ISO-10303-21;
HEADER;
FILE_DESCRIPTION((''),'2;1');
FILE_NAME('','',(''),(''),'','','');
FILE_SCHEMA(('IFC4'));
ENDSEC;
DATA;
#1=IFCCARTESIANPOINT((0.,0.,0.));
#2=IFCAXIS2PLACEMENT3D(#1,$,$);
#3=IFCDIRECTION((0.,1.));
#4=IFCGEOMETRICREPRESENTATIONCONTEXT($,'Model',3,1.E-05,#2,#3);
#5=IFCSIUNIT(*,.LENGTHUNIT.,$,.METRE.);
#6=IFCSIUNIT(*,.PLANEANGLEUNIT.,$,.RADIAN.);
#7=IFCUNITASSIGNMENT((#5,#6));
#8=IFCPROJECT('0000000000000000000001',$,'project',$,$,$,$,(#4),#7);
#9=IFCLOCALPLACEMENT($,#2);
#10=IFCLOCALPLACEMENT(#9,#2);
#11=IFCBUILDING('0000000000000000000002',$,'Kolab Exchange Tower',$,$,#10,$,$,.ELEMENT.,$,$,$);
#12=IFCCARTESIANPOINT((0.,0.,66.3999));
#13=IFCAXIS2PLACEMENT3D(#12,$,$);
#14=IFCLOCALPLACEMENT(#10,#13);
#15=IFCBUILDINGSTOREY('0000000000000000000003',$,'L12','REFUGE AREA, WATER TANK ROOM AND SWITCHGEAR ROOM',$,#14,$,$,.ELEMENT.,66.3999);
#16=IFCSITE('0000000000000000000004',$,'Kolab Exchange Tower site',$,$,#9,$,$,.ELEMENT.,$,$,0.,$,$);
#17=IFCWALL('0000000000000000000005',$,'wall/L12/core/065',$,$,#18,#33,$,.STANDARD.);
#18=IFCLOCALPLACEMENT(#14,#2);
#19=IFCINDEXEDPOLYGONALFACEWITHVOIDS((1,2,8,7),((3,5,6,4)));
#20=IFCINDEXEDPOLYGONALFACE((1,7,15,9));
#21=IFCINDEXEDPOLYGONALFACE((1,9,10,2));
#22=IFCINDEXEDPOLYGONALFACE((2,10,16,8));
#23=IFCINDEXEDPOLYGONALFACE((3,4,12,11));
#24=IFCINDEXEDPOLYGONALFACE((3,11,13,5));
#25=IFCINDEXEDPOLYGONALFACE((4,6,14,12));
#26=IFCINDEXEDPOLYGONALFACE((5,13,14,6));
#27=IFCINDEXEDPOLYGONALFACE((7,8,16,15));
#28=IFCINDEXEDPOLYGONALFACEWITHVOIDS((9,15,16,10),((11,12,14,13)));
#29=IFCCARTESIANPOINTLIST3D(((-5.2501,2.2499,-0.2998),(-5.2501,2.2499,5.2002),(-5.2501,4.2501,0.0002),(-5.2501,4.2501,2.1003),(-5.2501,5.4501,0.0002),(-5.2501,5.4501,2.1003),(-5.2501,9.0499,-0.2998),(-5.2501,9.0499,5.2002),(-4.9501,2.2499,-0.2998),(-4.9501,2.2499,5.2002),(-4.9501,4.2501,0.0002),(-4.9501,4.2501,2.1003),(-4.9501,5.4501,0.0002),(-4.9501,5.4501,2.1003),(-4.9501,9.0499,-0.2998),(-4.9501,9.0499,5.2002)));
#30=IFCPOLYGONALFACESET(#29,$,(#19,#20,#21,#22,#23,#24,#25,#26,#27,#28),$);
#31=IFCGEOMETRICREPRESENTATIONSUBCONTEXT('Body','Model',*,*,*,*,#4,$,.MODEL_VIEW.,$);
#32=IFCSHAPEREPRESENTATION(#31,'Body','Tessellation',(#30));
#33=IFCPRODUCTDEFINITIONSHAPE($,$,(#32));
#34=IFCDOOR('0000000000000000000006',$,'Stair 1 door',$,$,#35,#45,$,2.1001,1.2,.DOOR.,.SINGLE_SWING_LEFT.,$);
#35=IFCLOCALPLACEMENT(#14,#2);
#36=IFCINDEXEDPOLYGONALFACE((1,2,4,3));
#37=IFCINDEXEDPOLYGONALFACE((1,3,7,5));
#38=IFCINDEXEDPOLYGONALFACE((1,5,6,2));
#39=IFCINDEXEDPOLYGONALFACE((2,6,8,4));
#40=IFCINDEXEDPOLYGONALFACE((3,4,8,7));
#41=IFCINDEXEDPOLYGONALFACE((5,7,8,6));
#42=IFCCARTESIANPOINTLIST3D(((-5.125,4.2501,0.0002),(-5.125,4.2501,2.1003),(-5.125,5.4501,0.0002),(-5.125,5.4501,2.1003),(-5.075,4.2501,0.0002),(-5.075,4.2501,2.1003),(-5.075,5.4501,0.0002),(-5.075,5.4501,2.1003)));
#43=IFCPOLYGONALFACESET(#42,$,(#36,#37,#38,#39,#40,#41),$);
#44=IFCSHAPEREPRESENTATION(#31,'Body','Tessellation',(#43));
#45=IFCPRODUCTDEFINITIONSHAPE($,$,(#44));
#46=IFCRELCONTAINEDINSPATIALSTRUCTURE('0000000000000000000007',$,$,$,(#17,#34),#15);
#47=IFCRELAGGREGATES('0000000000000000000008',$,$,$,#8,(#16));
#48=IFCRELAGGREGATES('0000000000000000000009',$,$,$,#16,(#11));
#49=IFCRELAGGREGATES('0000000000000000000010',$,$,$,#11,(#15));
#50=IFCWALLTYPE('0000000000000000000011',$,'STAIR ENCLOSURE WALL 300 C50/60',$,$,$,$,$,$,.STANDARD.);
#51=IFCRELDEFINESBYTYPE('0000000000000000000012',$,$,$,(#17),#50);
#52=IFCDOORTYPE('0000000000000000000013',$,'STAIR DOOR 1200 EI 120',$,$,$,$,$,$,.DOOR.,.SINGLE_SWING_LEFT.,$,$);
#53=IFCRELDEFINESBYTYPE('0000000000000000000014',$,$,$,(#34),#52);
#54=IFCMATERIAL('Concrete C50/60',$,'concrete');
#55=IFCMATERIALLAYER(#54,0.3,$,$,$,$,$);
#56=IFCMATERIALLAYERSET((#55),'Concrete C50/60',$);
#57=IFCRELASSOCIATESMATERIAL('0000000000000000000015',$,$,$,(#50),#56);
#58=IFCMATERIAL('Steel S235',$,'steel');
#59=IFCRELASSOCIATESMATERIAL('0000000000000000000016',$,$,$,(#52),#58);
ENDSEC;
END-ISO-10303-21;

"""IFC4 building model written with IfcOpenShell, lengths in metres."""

from ifc_helpers import new_model, si_unit, direction, frame, frame_2d, origin, place, context, subcontext, project, spatial, rectangle, extrude, material, layer, layer_set, type_object, element, fill, save


model = new_model("IFC4")

# Units and contexts
model_context = context("Model", 3, precision=1e-05, world=origin(), true_north=direction((0.0, 1.0)))
body_context = subcontext(model_context, "Body", "Model", "MODEL_VIEW")
ifc_project = project(units=[si_unit("LENGTHUNIT", "METRE"), si_unit("PLANEANGLEUNIT", "RADIAN")], contexts=[model_context])

# Site, building, storey
site_placement = place(None, origin())
site = spatial("IfcSite", under=ifc_project, at=site_placement, Name="Kolab Exchange Tower site", CompositionType="ELEMENT", RefElevation=0.0)
building_placement = place(site_placement, origin())
building = spatial("IfcBuilding", under=site, at=building_placement, Name="Kolab Exchange Tower", CompositionType="ELEMENT")
storey_placement = place(building_placement, frame((0.0, 0.0, 66.3999)))
storey = spatial("IfcBuildingStorey", under=building, at=storey_placement, Name="L12", Description="REFUGE AREA, WATER TANK ROOM AND SWITCHGEAR ROOM", CompositionType="ELEMENT", Elevation=66.3999)

# Shared definitions
ifc_material_1 = material(Name="Steel S235", Category="steel")

# Shared definitions
ifc_material_2 = material(Name="Concrete C50/60", Category="concrete")

# Shared definitions
ifc_layer_1 = layer(ifc_material_2, 0.3)
ifc_layer_set_1 = layer_set([ifc_layer_1], Name="Concrete C50/60")
wall_type_1 = type_object("IfcWallType", Name="STAIR ENCLOSURE WALL 300 C50/60", PredefinedType="STANDARD", material=ifc_layer_set_1)

# Shared definitions
door_type_1 = type_object("IfcDoorType", Name="STAIR DOOR 1200 EI 120", OperationType="SINGLE_SWING_LEFT", PredefinedType="DOOR", material=ifc_material_1)

# Wall, opening, door
wall_1_placement = place(storey_placement, frame((-5.1001, 2.25, -0.2998), z_axis=(0.0, 0.0, 1.0), x_axis=(0.0, 1.0, 0.0)))
wall_1 = element("IfcWall", 1, at=wall_1_placement, inside=storey, type_object=wall_type_1, Name="wall/L12/core/065", PredefinedType="STANDARD", context=body_context, shape_type="SweptSolid", body=[
    extrude(rectangle(XDim=6.8, YDim=0.3, at=frame_2d((3.3999, 0.0))), origin(), (0.0, 0.0, 1.0), 5.5),
])
opening_1_placement = place(wall_1_placement, frame((2.0, 0.0, 0.3)))
opening_1 = element("IfcOpeningElement", 2, at=opening_1_placement, cuts=wall_1, PredefinedType="OPENING", context=body_context, shape_type="SweptSolid", body=[
    extrude(rectangle(XDim=1.2, YDim=2.1001, at=frame_2d((0.6001, 1.05))), frame((0.0, 0.1602, 0.0), z_axis=(0.0, -1.0, 0.0), x_axis=(1.0, 0.0, 0.0)), (0.0, 0.0, 1.0), 0.3201),
])
door_1_placement = place(opening_1_placement, origin())
door_1 = element("IfcDoor", 3, at=door_1_placement, inside=storey, type_object=door_type_1, Name="Stair 1 door", OperationType="SINGLE_SWING_LEFT", OverallHeight=2.1001, OverallWidth=1.2, PredefinedType="DOOR", context=body_context, shape_type="SweptSolid", body=[
    extrude(rectangle(XDim=1.2, YDim=2.1001, at=frame_2d((0.6001, 1.05))), frame((0.0, 0.0249, 0.0), z_axis=(0.0, -1.0, 0.0), x_axis=(1.0, 0.0, 0.0)), (0.0, 0.0, 1.0), 0.05),
])
fill(opening_1, door_1)

save(model, "model.ifc")
